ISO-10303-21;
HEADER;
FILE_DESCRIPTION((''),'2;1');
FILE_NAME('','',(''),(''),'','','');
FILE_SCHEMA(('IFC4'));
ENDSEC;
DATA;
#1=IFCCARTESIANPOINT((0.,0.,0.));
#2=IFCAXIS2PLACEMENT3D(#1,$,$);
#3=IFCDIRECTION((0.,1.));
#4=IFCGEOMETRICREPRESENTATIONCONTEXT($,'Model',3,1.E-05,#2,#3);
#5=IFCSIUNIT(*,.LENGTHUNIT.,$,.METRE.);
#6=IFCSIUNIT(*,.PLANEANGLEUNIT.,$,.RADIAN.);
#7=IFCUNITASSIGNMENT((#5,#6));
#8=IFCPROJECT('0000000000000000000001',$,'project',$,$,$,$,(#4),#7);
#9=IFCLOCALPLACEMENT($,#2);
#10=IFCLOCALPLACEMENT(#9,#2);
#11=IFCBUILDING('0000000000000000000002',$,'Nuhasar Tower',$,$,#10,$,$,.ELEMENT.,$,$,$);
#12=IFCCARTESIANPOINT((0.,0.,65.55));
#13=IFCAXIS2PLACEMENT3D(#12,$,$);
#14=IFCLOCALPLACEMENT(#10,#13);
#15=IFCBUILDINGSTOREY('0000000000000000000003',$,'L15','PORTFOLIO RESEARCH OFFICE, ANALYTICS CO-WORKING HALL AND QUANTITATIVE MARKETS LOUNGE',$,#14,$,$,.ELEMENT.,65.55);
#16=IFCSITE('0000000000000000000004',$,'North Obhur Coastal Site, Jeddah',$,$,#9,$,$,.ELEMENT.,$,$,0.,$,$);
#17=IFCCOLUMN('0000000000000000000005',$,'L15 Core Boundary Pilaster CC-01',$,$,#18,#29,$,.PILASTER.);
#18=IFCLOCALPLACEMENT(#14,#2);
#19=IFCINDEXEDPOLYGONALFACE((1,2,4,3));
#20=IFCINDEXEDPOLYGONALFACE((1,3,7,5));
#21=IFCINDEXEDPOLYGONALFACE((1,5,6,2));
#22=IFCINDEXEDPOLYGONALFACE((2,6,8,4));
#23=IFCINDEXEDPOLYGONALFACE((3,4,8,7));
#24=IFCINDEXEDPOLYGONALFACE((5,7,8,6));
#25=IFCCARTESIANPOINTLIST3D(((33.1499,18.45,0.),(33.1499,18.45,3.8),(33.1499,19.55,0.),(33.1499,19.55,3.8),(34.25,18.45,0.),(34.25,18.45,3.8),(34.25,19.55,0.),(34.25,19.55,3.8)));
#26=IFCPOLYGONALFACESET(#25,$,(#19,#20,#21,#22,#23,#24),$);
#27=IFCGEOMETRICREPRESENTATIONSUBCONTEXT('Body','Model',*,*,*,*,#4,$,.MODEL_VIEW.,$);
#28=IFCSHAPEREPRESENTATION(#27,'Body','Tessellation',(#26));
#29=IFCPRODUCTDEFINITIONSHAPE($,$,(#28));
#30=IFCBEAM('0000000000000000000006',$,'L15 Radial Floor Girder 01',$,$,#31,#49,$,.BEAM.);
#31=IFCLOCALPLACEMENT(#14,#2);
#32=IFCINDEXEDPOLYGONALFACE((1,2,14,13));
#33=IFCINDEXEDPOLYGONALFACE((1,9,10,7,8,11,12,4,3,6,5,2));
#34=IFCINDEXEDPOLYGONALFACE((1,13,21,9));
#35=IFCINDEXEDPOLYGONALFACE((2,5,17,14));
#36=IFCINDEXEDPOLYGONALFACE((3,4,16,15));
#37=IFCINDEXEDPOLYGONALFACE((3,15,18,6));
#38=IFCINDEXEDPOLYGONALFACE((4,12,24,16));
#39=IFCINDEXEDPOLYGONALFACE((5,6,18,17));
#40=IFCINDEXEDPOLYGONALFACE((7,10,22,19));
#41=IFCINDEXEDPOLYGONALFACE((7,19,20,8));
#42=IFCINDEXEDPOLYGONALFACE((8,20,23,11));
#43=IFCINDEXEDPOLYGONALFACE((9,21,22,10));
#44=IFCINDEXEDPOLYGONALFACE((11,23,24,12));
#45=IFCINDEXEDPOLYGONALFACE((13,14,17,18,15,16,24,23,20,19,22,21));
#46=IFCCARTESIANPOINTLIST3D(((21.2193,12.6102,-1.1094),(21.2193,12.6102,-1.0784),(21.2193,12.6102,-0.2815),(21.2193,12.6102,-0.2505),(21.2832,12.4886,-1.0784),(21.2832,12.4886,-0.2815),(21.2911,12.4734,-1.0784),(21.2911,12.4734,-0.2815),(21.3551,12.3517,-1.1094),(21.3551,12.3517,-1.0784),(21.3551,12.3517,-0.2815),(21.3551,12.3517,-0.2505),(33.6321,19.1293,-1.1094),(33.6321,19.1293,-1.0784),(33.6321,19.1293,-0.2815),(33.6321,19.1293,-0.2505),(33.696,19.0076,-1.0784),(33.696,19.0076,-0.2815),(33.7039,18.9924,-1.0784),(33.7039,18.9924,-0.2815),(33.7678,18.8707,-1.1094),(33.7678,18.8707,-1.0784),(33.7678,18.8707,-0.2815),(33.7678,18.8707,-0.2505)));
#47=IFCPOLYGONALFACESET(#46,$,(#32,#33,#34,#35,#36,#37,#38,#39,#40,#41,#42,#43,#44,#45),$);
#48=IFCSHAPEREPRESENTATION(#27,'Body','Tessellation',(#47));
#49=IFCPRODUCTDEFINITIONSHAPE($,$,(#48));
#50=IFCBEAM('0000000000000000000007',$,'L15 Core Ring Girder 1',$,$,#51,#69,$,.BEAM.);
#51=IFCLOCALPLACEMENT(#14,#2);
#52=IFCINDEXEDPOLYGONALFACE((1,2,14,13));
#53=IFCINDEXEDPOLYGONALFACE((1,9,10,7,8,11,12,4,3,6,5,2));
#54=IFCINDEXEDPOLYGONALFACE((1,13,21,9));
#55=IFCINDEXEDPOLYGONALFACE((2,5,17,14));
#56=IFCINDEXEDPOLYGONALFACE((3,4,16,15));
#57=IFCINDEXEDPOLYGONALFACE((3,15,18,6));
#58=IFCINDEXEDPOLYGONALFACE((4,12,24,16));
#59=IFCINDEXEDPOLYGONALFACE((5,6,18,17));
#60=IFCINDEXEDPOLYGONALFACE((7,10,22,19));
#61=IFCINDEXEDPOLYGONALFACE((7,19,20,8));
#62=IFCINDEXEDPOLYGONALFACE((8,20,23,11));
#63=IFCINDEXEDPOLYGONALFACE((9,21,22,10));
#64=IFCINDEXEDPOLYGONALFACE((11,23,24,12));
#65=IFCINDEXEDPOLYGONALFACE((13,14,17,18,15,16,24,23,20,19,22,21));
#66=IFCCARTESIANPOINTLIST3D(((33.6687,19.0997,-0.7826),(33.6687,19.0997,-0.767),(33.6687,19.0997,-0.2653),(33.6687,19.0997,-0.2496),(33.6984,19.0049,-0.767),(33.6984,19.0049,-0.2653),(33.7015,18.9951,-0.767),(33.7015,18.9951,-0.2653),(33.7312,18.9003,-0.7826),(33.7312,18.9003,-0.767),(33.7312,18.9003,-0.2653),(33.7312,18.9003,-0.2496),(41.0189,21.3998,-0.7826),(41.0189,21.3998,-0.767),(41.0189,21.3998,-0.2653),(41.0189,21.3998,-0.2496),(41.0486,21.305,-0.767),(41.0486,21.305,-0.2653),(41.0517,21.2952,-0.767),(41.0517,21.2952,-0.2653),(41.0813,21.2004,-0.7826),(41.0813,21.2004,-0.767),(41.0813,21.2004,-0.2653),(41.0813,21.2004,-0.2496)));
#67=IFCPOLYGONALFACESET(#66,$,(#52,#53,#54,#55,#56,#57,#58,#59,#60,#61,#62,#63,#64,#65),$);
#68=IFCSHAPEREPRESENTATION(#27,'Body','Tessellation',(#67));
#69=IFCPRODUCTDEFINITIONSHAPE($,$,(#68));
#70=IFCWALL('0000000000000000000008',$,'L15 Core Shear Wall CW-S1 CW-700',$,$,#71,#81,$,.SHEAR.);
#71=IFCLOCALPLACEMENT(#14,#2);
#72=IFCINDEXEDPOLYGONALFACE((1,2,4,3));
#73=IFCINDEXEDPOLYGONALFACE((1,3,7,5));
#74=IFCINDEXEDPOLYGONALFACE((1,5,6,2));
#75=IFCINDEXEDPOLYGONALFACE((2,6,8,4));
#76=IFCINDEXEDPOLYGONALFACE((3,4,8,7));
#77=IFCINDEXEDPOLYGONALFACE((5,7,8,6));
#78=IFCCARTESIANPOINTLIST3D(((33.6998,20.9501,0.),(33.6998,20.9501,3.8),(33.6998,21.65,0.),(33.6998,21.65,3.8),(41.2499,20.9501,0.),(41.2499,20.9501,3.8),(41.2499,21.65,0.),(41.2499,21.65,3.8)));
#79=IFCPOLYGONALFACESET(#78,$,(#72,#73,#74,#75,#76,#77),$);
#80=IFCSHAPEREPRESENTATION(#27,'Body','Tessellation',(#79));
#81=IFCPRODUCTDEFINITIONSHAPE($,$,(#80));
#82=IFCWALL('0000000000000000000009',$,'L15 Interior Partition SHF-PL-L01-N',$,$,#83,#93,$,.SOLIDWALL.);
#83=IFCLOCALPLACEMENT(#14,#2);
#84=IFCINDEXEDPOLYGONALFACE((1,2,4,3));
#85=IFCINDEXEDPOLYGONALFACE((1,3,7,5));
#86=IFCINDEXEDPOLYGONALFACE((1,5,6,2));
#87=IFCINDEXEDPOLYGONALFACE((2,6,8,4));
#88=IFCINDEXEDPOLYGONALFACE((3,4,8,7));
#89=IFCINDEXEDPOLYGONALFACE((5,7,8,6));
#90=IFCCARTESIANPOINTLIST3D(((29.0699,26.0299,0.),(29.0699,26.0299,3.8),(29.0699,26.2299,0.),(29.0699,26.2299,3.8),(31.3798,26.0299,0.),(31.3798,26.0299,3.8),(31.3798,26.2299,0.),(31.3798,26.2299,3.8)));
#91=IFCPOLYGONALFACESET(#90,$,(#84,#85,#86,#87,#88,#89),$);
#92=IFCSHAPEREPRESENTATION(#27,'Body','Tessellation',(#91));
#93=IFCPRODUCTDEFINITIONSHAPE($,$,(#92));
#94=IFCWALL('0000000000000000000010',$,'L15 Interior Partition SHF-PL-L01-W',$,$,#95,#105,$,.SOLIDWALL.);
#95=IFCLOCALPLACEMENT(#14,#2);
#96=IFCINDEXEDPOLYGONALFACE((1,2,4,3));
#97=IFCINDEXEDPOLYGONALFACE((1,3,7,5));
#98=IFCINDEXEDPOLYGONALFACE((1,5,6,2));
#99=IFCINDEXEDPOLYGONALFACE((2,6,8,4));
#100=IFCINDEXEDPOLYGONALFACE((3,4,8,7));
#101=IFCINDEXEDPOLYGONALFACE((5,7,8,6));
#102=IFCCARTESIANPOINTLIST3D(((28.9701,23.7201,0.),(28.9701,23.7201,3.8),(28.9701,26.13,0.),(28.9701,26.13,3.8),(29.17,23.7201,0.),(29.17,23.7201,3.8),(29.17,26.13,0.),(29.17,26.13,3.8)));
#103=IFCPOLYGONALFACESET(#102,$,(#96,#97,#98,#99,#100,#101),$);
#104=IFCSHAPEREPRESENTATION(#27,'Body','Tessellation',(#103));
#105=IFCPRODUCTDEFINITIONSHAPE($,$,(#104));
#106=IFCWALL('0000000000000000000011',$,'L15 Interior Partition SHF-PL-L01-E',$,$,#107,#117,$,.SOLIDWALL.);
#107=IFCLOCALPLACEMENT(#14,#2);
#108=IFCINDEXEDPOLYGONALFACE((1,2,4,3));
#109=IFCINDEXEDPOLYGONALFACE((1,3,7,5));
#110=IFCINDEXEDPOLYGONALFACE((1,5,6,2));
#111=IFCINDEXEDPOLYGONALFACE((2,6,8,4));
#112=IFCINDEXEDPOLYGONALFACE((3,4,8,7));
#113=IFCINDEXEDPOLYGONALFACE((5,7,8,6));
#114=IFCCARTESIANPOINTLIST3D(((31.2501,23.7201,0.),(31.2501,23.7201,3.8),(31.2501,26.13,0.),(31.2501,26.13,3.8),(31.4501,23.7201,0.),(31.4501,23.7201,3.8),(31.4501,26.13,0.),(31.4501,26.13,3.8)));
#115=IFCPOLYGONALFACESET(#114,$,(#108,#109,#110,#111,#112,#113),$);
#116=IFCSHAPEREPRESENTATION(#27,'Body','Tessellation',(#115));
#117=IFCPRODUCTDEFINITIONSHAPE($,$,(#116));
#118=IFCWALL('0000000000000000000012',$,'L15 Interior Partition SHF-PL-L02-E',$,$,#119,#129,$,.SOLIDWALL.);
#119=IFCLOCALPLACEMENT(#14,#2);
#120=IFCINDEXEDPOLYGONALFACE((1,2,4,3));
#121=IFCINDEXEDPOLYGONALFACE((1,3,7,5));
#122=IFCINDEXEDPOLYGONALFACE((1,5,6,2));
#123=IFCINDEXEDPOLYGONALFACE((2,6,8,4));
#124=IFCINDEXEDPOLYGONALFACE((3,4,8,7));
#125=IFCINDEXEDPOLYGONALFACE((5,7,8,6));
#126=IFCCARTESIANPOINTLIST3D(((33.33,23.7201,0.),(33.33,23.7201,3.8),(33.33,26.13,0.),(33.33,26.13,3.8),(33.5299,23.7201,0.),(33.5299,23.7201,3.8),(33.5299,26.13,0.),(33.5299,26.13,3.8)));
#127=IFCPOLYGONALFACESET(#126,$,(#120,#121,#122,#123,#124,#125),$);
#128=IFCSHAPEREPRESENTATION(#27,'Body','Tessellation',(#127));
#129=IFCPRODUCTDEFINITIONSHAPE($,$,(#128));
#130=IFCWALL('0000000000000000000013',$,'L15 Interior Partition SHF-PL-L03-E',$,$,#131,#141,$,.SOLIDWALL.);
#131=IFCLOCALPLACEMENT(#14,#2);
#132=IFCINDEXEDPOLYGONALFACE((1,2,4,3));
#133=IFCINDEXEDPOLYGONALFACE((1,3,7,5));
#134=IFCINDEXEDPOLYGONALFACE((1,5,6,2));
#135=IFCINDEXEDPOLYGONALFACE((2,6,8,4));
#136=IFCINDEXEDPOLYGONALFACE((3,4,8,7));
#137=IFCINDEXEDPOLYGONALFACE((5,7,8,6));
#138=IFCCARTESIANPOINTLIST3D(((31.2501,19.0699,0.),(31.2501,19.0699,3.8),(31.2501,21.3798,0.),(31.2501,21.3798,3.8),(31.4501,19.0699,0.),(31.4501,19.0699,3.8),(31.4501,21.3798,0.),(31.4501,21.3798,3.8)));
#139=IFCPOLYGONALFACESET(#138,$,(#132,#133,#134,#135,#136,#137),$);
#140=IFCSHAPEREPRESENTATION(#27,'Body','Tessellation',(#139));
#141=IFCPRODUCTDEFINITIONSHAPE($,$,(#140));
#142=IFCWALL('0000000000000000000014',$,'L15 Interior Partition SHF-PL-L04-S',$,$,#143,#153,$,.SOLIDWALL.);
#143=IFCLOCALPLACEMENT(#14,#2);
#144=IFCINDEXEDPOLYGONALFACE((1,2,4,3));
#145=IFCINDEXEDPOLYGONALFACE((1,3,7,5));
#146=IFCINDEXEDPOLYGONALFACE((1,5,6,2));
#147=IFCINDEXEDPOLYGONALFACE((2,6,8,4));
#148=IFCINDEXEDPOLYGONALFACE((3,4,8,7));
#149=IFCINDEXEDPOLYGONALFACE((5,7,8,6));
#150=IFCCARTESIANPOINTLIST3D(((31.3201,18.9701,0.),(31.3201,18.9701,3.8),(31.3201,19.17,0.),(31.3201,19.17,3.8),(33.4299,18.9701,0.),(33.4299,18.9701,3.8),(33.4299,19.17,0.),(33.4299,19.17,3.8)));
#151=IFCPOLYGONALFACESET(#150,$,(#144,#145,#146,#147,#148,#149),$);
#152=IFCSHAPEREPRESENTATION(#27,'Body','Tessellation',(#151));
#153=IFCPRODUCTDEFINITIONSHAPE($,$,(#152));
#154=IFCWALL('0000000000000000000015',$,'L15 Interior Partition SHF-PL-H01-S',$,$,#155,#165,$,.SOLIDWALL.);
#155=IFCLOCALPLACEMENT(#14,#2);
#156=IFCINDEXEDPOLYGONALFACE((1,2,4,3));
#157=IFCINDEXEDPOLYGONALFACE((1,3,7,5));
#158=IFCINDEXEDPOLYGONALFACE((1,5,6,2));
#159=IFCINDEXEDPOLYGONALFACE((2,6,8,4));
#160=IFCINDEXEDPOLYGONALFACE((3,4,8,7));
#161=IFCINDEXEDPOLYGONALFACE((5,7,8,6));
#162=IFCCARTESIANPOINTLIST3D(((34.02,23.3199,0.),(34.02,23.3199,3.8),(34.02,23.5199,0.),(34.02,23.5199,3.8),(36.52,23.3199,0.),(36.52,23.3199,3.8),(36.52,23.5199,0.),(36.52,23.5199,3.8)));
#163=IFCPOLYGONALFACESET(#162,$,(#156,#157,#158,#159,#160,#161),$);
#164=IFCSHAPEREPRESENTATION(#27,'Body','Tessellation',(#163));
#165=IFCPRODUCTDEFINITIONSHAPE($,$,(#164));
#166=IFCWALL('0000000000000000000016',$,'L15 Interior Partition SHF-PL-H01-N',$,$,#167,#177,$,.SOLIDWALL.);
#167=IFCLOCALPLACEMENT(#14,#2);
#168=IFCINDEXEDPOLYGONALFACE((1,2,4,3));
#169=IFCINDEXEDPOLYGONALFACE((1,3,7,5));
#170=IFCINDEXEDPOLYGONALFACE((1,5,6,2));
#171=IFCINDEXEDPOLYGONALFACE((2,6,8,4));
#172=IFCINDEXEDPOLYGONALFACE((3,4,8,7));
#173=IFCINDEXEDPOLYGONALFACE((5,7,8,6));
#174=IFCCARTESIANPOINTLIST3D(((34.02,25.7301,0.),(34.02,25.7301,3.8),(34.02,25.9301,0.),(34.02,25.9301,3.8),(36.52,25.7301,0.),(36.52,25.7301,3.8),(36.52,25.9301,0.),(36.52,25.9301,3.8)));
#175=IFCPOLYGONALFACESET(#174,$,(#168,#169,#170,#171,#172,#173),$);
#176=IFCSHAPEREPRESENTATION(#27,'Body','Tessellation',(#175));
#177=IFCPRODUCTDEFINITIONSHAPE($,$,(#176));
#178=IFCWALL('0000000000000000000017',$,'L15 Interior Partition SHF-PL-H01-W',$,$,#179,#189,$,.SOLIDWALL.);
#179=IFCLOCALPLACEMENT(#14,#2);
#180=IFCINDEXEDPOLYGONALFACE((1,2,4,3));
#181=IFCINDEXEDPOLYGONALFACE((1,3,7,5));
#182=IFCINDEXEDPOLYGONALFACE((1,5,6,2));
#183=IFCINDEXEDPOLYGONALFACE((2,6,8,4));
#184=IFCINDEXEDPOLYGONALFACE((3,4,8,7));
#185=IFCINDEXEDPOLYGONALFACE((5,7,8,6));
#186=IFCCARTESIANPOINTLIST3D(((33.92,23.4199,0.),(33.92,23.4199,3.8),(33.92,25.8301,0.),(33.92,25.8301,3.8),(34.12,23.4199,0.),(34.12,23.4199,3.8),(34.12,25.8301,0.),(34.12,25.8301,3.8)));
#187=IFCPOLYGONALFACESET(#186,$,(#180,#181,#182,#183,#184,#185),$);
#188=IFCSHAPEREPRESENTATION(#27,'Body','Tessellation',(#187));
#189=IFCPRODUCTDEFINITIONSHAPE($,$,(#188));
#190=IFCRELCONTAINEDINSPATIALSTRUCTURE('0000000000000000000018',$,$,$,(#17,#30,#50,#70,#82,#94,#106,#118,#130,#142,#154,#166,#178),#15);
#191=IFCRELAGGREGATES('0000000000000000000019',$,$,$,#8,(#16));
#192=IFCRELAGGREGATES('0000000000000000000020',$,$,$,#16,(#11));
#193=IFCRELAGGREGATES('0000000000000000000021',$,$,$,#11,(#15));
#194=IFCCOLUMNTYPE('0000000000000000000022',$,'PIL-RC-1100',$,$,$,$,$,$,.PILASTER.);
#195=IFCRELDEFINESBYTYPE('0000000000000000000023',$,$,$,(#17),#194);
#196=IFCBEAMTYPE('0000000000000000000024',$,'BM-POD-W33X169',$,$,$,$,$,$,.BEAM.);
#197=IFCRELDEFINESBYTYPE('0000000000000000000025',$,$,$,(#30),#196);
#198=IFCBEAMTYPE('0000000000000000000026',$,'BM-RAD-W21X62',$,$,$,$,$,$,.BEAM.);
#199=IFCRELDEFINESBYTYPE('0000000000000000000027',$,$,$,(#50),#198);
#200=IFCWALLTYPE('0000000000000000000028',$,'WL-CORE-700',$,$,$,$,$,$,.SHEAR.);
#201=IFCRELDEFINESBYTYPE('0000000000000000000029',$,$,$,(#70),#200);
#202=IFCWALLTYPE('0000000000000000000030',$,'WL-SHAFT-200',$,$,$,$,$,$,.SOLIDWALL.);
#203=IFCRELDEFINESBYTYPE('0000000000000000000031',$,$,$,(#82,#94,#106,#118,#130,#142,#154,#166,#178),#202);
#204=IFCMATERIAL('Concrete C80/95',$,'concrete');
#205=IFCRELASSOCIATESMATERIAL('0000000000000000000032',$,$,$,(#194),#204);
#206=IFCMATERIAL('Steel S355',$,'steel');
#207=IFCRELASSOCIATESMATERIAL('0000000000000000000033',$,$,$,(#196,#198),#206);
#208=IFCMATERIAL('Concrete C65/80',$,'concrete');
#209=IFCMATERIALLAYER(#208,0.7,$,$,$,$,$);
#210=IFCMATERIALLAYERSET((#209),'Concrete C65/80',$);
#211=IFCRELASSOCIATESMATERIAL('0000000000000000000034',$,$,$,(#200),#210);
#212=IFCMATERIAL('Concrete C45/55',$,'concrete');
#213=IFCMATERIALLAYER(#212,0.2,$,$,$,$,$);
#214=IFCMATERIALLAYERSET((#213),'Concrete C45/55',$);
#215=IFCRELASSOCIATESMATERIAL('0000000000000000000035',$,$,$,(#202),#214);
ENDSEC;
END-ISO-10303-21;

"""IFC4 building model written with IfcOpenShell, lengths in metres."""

from ifc_helpers import new_model, si_unit, direction, frame, frame_2d, origin, origin_2d, place, context, subcontext, project, spatial, rectangle, i_section, extrude, material, layer, layer_set, material_profile, profile_set, type_object, element, save


model = new_model("IFC4")

# Units and contexts
model_context = context("Model", 3, precision=1e-05, world=origin(), true_north=direction((0.0, 1.0)))
body_context = subcontext(model_context, "Body", "Model", "MODEL_VIEW")
ifc_project = project(units=[si_unit("LENGTHUNIT", "METRE"), si_unit("PLANEANGLEUNIT", "RADIAN")], contexts=[model_context])

# Site, building, storey
site_placement = place(None, origin())
site = spatial("IfcSite", under=ifc_project, at=site_placement, Name="North Obhur Coastal Site, Jeddah", CompositionType="ELEMENT", RefElevation=0.0)
building_placement = place(site_placement, origin())
building = spatial("IfcBuilding", under=site, at=building_placement, Name="Nuhasar Tower", CompositionType="ELEMENT")
storey_placement = place(building_placement, frame((0.0, 0.0, 65.55)))
storey = spatial("IfcBuildingStorey", under=building, at=storey_placement, Name="L15", Description="PORTFOLIO RESEARCH OFFICE, ANALYTICS CO-WORKING HALL AND QUANTITATIVE MARKETS LOUNGE", CompositionType="ELEMENT", Elevation=65.55)

# Column
ifc_material_1 = material(Name="Concrete C80/95", Category="concrete")
ifc_material_profile_1 = material_profile(ifc_material_1, rectangle(XDim=1.1001, YDim=1.1001, at=origin_2d()), Name="RC1100X1100")
ifc_profile_set_1 = profile_set([ifc_material_profile_1], Name="Concrete C80/95")
column_type = type_object("IfcColumnType", Name="PIL-RC-1100", PredefinedType="PILASTER", material=ifc_profile_set_1)
column_placement = place(storey_placement, frame((33.7, 19.0, 0.0), z_axis=(0.0, 0.0, 1.0), x_axis=(1.0, 0.0, 0.0)))
element("IfcColumn", 1, at=column_placement, inside=storey, type_object=column_type, Name="L15 Core Boundary Pilaster CC-01", PredefinedType="PILASTER", context=body_context, shape_type="SweptSolid", body=[
    extrude(rectangle(XDim=1.1001, YDim=1.1001, at=origin_2d()), origin(), (0.0, 0.0, 1.0), 3.8),
])

# Beams
ifc_material_2 = material(Name="Steel S355", Category="steel")
ifc_material_profile_2 = material_profile(ifc_material_2, i_section(OverallWidth=0.292, OverallDepth=0.8589, WebThickness=0.0171, FlangeThickness=0.031, at=origin_2d()), Name="W33X169")
ifc_profile_set_2 = profile_set([ifc_material_profile_2], Name="Steel S355")
beam_type_1 = type_object("IfcBeamType", Name="BM-POD-W33X169", PredefinedType="BEAM", material=ifc_profile_set_2)
beam_1_placement = place(storey_placement, frame((33.7, 19.0, -0.6799), z_axis=(-0.88533, -0.464963, 0.0), x_axis=(0.464963, -0.88533, 0.0)))
element("IfcBeam", 2, at=beam_1_placement, inside=storey, type_object=beam_type_1, Name="L15 Radial Floor Girder 01", PredefinedType="BEAM", context=body_context, shape_type="SweptSolid", body=[
    extrude(i_section(OverallWidth=0.292, OverallDepth=0.8589, WebThickness=0.0171, FlangeThickness=0.031, at=origin_2d()), origin(), (0.0, 0.0, 1.0), 14.0205),
])
ifc_material_profile_3 = material_profile(ifc_material_2, i_section(OverallWidth=0.209, OverallDepth=0.533, WebThickness=0.0103, FlangeThickness=0.0156, at=origin_2d()), Name="W21X62")
ifc_profile_set_3 = profile_set([ifc_material_profile_3], Name="Steel S355")
beam_type_2 = type_object("IfcBeamType", Name="BM-RAD-W21X62", PredefinedType="BEAM", material=ifc_profile_set_3)
beam_2_placement = place(storey_placement, frame((33.7, 19.0, -0.5161), z_axis=(0.954364, 0.298647, 0.0), x_axis=(-0.298647, 0.954364, 0.0)))
element("IfcBeam", 3, at=beam_2_placement, inside=storey, type_object=beam_type_2, Name="L15 Core Ring Girder 1", PredefinedType="BEAM", context=body_context, shape_type="SweptSolid", body=[
    extrude(i_section(OverallWidth=0.209, OverallDepth=0.533, WebThickness=0.0103, FlangeThickness=0.0156, at=origin_2d()), origin(), (0.0, 0.0, 1.0), 7.7017),
])

# Wall
ifc_material_3 = material(Name="Concrete C65/80", Category="concrete")
ifc_layer_1 = layer(ifc_material_3, 0.7)
ifc_layer_set_1 = layer_set([ifc_layer_1], Name="Concrete C65/80")
wall_type_1 = type_object("IfcWallType", Name="WL-CORE-700", PredefinedType="SHEAR", material=ifc_layer_set_1)
wall_1_placement = place(storey_placement, frame((33.7, 21.3, 0.0), z_axis=(0.0, 0.0, 1.0), x_axis=(1.0, 0.0, 0.0)))
element("IfcWall", 4, at=wall_1_placement, inside=storey, type_object=wall_type_1, Name="L15 Core Shear Wall CW-S1 CW-700", PredefinedType="SHEAR", context=body_context, shape_type="SweptSolid", body=[
    extrude(rectangle(XDim=7.55, YDim=0.7, at=frame_2d((3.7749, 0.0))), origin(), (0.0, 0.0, 1.0), 3.8),
])

# Shared definitions
ifc_material_4 = material(Name="Concrete C45/55", Category="concrete")
ifc_layer_2 = layer(ifc_material_4, 0.2)
ifc_layer_set_2 = layer_set([ifc_layer_2], Name="Concrete C45/55")
wall_type_2 = type_object("IfcWallType", Name="WL-SHAFT-200", PredefinedType="SOLIDWALL", material=ifc_layer_set_2)

# Walls
wall_2_placement = place(storey_placement, frame((29.0701, 26.1299, 0.0), z_axis=(0.0, 0.0, 1.0), x_axis=(1.0, 0.0, 0.0)))
element("IfcWall", 5, at=wall_2_placement, inside=storey, type_object=wall_type_2, Name="L15 Interior Partition SHF-PL-L01-N", PredefinedType="SOLIDWALL", context=body_context, shape_type="SweptSolid", body=[
    extrude(rectangle(XDim=2.3098, YDim=0.2, at=frame_2d((1.1548, 0.0))), origin(), (0.0, 0.0, 1.0), 3.8),
])
for number, where, z_axis, x_axis, name in (
    (6, (29.0701, 23.72, 0.0), (0.0, 0.0, 1.0), (0.0, 1.0, 0.0), "L15 Interior Partition SHF-PL-L01-W"),
    (7, (31.3501, 23.72, 0.0), (0.0, 0.0, 1.0), (0.0, 1.0, 0.0), "L15 Interior Partition SHF-PL-L01-E"),
):
    element("IfcWall", number, at=place(storey_placement, frame(where, z_axis=z_axis, x_axis=x_axis)), inside=storey, type_object=wall_type_2, Name=name, PredefinedType="SOLIDWALL", context=body_context, shape_type="SweptSolid", body=[
        extrude(rectangle(XDim=2.4099, YDim=0.2, at=frame_2d((1.2051, 0.0))), origin(), (0.0, 0.0, 1.0), 3.8),
    ])

# Walls
wall_3_placement = place(storey_placement, frame((33.4299, 23.72, 0.0), z_axis=(0.0, 0.0, 1.0), x_axis=(0.0, 1.0, 0.0)))
element("IfcWall", 8, at=wall_3_placement, inside=storey, type_object=wall_type_2, Name="L15 Interior Partition SHF-PL-L02-E", PredefinedType="SOLIDWALL", context=body_context, shape_type="SweptSolid", body=[
    extrude(rectangle(XDim=2.4099, YDim=0.2, at=frame_2d((1.2051, 0.0))), origin(), (0.0, 0.0, 1.0), 3.8),
])
wall_4_placement = place(storey_placement, frame((31.3501, 19.0701, 0.0), z_axis=(0.0, 0.0, 1.0), x_axis=(0.0, 1.0, 0.0)))
element("IfcWall", 9, at=wall_4_placement, inside=storey, type_object=wall_type_2, Name="L15 Interior Partition SHF-PL-L03-E", PredefinedType="SOLIDWALL", context=body_context, shape_type="SweptSolid", body=[
    extrude(rectangle(XDim=2.3098, YDim=0.2, at=frame_2d((1.1548, 0.0))), origin(), (0.0, 0.0, 1.0), 3.8),
])
wall_5_placement = place(storey_placement, frame((31.3201, 19.0701, 0.0), z_axis=(0.0, 0.0, 1.0), x_axis=(1.0, 0.0, 0.0)))
element("IfcWall", 10, at=wall_5_placement, inside=storey, type_object=wall_type_2, Name="L15 Interior Partition SHF-PL-L04-S", PredefinedType="SOLIDWALL", context=body_context, shape_type="SweptSolid", body=[
    extrude(rectangle(XDim=2.1099, YDim=0.2, at=frame_2d((1.0549, 0.0))), origin(), (0.0, 0.0, 1.0), 3.8),
])

# Walls
for number, where, z_axis, x_axis, name in (
    (11, (34.02, 23.4199, 0.0), (0.0, 0.0, 1.0), (1.0, 0.0, 0.0), "L15 Interior Partition SHF-PL-H01-S"),
    (12, (34.02, 25.8301, 0.0), (0.0, 0.0, 1.0), (1.0, 0.0, 0.0), "L15 Interior Partition SHF-PL-H01-N"),
):
    element("IfcWall", number, at=place(storey_placement, frame(where, z_axis=z_axis, x_axis=x_axis)), inside=storey, type_object=wall_type_2, Name=name, PredefinedType="SOLIDWALL", context=body_context, shape_type="SweptSolid", body=[
        extrude(rectangle(XDim=2.5, YDim=0.2, at=frame_2d((1.25, 0.0))), origin(), (0.0, 0.0, 1.0), 3.8),
    ])
for number, where, z_axis, x_axis, name in (
    (13, (34.02, 23.4199, 0.0), (0.0, 0.0, 1.0), (0.0, 1.0, 0.0), "L15 Interior Partition SHF-PL-H01-W"),
):
    element("IfcWall", number, at=place(storey_placement, frame(where, z_axis=z_axis, x_axis=x_axis)), inside=storey, type_object=wall_type_2, Name=name, PredefinedType="SOLIDWALL", context=body_context, shape_type="SweptSolid", body=[
        extrude(rectangle(XDim=2.4102, YDim=0.2, at=frame_2d((1.2051, 0.0))), origin(), (0.0, 0.0, 1.0), 3.8),
    ])

save(model, "model.ifc")
